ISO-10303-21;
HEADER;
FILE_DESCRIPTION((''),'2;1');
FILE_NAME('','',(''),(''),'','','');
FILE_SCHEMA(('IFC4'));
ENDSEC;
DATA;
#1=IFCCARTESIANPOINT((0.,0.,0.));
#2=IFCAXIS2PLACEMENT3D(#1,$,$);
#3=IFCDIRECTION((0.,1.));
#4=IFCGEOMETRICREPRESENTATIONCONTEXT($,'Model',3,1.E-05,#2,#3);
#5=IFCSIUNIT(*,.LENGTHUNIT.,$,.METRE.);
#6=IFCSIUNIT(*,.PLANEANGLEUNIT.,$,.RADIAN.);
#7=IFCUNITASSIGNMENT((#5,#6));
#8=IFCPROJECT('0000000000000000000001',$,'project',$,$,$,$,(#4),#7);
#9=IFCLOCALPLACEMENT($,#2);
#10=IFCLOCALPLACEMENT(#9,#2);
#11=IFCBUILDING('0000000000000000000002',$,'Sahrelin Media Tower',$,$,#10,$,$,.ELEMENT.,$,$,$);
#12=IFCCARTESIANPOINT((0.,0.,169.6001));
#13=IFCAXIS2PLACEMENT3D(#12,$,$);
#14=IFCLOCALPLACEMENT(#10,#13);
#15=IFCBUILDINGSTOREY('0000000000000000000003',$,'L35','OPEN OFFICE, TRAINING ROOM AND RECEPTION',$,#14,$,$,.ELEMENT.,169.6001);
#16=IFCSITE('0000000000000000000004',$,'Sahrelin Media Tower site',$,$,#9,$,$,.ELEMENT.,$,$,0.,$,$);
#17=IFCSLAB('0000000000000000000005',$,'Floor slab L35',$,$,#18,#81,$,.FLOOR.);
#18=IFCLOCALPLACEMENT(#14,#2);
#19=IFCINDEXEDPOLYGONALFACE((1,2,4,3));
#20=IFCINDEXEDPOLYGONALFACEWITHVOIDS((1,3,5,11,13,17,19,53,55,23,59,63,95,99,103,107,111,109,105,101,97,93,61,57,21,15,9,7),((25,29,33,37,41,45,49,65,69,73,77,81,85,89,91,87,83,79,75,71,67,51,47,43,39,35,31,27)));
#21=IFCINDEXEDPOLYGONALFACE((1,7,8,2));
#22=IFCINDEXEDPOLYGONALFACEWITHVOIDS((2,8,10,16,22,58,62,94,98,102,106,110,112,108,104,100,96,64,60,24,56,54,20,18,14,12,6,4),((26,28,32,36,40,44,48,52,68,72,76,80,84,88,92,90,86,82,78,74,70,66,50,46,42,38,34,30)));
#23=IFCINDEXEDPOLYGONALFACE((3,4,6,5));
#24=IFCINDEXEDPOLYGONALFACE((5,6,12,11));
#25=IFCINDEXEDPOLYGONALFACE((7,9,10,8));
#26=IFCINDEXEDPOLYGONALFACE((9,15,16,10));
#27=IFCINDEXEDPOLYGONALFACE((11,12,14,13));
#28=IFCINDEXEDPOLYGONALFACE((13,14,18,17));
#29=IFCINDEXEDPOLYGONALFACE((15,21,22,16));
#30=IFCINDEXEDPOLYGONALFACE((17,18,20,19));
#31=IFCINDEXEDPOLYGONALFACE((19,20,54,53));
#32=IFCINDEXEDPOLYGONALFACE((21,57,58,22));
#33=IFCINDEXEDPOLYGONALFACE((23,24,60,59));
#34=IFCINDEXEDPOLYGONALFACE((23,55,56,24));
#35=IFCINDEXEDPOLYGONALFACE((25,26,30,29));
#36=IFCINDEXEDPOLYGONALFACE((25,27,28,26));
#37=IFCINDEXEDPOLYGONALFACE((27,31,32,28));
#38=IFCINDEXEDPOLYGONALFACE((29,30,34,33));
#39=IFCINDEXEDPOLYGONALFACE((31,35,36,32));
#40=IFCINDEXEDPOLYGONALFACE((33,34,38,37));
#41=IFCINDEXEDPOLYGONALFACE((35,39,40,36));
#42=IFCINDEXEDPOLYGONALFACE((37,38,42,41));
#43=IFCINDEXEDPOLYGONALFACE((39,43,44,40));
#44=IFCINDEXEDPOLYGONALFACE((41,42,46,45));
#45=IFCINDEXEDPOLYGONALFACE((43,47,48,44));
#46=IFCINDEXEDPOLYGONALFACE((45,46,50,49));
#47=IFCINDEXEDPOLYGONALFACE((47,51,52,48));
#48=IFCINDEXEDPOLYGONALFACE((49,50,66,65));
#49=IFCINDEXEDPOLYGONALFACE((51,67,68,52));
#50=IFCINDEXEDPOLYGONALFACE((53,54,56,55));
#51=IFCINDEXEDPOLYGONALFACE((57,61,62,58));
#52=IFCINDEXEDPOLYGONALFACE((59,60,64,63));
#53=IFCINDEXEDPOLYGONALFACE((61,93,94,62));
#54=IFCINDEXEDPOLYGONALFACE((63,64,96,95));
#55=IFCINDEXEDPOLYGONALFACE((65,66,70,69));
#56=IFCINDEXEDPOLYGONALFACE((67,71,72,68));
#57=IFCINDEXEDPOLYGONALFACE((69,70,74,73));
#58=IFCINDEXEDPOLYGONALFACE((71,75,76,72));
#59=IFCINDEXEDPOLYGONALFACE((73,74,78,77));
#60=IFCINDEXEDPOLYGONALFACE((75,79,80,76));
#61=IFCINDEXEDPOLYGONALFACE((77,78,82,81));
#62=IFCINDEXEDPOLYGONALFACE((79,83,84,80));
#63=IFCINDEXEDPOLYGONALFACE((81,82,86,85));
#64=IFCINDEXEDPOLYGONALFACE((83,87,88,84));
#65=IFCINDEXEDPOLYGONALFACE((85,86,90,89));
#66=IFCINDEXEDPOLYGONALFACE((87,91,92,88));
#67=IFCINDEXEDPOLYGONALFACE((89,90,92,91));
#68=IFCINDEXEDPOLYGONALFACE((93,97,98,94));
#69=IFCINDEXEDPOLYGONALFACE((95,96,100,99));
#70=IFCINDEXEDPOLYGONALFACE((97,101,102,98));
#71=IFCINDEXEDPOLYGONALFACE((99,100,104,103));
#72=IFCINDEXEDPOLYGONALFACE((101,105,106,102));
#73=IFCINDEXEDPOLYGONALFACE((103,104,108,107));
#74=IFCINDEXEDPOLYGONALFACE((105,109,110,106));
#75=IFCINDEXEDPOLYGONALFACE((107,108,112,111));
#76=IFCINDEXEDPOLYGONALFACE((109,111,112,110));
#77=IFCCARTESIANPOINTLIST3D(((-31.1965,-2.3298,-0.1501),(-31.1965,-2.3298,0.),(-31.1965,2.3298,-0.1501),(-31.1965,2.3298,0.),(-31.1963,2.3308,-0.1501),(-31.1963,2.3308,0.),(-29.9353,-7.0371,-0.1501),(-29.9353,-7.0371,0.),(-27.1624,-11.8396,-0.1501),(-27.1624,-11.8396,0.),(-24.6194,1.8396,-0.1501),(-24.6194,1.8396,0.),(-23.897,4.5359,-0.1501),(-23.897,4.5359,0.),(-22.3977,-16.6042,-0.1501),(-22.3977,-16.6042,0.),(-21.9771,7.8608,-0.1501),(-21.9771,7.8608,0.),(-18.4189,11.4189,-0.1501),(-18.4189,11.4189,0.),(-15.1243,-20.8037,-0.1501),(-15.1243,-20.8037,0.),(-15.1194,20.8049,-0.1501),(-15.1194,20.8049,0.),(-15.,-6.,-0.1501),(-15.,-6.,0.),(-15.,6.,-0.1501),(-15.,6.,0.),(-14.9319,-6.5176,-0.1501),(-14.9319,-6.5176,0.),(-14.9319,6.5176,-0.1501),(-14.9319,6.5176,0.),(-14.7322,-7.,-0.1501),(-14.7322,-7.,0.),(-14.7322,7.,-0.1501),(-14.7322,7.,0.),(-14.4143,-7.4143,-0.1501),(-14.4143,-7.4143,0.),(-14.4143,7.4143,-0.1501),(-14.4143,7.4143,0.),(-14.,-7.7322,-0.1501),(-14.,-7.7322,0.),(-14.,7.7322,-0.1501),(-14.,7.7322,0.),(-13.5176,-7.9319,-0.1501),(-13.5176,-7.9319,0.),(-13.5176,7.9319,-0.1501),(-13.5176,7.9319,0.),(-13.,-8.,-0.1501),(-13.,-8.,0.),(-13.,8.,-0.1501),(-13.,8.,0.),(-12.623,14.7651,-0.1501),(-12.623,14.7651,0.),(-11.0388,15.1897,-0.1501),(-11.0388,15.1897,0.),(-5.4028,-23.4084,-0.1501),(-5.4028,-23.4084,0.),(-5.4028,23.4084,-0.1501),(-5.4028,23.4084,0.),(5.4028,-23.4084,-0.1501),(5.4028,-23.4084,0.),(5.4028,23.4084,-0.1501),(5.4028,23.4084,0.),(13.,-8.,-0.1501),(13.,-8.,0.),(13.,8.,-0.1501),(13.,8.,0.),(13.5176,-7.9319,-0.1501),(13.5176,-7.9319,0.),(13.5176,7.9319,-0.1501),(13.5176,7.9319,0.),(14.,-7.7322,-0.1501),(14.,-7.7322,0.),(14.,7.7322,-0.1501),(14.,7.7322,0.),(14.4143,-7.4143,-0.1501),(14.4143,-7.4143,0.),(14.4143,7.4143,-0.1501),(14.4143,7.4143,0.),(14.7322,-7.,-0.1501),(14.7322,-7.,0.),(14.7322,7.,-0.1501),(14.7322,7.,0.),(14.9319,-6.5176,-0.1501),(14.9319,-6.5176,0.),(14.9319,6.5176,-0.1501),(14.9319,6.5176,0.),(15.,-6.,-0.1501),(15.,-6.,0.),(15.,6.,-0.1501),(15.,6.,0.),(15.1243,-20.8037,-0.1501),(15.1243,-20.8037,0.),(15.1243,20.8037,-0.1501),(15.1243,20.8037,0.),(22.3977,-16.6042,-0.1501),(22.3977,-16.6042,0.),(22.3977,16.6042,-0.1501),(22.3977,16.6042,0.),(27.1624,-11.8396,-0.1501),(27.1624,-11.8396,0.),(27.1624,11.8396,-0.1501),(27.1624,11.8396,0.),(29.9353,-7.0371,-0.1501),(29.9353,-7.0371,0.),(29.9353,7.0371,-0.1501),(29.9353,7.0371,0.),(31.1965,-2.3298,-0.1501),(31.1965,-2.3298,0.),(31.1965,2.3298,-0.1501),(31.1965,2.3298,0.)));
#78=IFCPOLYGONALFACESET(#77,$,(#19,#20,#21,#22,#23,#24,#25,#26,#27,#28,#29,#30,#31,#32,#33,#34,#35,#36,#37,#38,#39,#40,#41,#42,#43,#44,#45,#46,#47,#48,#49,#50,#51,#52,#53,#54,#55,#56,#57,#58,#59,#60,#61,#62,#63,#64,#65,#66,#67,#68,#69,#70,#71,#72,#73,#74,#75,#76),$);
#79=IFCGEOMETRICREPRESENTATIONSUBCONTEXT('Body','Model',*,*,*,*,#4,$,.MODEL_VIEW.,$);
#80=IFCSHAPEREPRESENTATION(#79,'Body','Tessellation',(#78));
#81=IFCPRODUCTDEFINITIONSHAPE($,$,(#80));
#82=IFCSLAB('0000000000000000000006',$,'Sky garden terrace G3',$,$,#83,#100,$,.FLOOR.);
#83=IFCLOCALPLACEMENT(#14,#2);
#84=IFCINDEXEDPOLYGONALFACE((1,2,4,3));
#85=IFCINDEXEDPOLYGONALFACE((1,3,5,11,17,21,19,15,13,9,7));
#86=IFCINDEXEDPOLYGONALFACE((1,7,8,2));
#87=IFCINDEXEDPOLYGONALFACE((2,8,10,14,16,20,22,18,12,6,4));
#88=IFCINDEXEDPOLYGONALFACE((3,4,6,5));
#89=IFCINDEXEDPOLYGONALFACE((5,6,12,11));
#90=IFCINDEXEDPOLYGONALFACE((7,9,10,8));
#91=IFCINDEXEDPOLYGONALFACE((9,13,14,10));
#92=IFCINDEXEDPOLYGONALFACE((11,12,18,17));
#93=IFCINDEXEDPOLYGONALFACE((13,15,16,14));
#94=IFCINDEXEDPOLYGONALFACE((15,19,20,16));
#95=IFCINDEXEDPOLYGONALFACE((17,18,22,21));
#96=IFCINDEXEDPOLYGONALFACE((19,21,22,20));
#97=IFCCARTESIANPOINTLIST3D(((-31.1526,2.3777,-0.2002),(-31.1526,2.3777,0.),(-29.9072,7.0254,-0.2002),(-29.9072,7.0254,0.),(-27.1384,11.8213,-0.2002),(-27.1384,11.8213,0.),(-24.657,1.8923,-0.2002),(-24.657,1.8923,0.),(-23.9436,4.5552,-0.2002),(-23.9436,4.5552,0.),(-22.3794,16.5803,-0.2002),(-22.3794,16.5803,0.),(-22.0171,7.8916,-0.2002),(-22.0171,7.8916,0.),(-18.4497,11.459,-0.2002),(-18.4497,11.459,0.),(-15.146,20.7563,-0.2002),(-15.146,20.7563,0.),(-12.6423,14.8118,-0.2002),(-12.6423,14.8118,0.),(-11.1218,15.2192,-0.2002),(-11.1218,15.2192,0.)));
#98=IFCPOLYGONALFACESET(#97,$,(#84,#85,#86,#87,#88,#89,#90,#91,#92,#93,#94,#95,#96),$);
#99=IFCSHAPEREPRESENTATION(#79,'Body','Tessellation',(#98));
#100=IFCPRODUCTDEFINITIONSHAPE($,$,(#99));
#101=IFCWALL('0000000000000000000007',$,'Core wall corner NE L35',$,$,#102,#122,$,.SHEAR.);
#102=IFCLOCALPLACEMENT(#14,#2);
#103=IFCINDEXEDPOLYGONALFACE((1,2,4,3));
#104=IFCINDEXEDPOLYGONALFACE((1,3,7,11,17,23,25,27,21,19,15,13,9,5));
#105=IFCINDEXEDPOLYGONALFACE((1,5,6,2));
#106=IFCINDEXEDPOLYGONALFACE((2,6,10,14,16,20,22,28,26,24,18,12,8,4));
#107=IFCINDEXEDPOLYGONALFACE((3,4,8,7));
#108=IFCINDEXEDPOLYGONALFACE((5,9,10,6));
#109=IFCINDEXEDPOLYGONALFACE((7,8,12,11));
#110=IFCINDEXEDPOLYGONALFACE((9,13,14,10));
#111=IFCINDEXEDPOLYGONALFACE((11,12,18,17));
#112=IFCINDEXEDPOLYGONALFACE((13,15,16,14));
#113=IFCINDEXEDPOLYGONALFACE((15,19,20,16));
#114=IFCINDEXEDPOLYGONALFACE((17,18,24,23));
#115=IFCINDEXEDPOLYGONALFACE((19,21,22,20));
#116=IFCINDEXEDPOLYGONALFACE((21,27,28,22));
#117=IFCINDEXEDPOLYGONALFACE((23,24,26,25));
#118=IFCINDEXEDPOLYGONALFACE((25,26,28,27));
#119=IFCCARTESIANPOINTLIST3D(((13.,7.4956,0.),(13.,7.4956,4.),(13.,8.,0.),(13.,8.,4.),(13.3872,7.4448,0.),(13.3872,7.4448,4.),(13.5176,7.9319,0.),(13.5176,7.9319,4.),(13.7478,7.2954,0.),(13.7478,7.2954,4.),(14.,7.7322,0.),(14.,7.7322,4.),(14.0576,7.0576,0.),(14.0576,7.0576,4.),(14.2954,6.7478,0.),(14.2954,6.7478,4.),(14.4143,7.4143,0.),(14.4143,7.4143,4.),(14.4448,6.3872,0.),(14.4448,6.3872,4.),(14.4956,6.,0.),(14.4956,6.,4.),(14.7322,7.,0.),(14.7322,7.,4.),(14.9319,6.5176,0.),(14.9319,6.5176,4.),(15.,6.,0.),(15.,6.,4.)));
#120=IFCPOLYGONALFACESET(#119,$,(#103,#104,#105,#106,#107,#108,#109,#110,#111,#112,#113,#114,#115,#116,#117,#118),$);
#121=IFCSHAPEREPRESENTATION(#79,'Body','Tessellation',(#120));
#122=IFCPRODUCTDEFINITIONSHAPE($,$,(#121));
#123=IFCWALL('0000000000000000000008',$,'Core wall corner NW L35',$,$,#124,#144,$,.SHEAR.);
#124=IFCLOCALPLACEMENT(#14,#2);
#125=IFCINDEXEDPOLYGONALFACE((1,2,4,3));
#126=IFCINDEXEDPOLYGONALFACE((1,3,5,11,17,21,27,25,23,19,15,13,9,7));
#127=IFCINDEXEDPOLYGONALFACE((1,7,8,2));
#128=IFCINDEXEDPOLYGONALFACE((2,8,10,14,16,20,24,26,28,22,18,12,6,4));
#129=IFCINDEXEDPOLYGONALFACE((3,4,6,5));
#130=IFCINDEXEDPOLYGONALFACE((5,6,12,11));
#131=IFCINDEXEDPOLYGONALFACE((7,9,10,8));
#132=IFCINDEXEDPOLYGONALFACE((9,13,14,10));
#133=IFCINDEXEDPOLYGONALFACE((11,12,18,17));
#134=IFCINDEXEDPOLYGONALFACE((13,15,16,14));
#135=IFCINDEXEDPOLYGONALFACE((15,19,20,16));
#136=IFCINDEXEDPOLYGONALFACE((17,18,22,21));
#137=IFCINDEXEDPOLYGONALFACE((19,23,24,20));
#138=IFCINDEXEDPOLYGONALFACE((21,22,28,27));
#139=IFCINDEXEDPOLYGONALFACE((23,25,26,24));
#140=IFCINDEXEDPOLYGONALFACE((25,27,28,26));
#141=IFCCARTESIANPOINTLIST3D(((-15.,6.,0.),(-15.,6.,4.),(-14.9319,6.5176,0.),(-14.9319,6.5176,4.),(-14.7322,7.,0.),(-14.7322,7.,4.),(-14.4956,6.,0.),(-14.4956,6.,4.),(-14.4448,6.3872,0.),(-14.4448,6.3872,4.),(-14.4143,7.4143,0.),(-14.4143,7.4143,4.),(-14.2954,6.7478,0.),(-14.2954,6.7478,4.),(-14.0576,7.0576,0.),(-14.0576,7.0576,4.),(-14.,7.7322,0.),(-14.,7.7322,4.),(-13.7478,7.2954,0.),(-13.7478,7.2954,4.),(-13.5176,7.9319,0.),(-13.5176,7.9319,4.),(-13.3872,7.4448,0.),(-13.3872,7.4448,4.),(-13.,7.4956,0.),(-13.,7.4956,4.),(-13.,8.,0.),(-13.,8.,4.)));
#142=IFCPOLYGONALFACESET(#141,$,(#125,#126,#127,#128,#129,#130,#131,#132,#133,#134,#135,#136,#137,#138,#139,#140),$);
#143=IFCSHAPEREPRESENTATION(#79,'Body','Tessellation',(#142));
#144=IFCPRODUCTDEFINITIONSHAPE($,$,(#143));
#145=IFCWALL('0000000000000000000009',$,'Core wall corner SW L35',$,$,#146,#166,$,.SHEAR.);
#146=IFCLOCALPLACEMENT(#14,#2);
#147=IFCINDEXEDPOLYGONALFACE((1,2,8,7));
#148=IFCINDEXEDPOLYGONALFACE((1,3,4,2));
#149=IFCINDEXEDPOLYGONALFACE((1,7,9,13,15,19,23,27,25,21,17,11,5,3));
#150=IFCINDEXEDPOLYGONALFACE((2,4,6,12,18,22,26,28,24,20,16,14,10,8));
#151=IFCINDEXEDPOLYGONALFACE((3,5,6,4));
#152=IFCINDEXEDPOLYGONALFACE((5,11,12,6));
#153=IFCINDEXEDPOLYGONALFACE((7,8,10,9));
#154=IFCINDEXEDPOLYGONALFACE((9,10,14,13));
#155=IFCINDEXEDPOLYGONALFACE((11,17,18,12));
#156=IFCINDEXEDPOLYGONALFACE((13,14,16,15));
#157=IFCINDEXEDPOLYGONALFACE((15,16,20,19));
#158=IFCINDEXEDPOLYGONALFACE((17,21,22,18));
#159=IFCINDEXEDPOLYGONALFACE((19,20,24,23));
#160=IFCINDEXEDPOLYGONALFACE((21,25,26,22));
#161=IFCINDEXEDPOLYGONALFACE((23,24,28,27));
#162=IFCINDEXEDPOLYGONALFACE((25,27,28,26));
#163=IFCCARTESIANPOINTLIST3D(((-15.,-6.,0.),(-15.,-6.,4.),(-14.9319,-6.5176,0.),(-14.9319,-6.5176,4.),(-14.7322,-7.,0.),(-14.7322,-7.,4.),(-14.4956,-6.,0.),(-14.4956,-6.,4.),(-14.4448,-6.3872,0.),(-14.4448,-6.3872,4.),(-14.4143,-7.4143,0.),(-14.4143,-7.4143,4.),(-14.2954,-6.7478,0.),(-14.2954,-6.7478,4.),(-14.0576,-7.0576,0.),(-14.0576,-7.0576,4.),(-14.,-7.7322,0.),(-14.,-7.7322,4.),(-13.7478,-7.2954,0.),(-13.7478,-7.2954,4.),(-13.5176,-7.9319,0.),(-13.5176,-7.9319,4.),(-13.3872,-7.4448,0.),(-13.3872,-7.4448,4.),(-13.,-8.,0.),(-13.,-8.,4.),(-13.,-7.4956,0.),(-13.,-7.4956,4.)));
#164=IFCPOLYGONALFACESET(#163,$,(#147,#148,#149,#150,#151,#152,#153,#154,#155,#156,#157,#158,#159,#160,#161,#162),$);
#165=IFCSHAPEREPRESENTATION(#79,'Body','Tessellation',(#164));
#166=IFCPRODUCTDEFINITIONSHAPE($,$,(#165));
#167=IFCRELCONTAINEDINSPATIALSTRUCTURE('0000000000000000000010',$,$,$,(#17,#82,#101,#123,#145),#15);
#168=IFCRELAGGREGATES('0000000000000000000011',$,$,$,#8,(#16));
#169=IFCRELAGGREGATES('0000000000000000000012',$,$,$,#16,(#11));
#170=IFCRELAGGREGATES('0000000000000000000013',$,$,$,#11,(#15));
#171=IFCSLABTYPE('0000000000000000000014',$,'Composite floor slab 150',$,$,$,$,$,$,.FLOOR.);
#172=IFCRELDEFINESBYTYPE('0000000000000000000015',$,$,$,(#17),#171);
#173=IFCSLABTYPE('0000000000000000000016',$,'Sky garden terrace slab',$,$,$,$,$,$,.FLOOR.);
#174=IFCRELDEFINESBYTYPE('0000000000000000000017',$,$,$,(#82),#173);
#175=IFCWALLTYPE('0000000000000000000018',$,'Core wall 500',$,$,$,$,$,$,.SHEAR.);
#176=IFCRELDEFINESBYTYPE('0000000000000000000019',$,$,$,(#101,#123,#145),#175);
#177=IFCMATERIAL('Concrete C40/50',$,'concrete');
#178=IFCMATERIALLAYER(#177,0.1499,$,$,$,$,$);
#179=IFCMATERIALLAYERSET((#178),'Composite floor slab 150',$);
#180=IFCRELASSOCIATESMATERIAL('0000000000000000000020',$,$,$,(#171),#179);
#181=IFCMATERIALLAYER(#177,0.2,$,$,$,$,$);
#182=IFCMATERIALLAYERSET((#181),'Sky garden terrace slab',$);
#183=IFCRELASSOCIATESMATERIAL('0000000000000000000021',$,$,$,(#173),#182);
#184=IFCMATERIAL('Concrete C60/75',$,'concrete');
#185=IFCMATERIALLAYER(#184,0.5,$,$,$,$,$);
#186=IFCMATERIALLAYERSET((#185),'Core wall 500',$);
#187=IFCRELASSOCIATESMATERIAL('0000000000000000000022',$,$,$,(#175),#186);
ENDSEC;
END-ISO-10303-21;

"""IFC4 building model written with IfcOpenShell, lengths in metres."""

from ifc_helpers import new_model, si_unit, direction, frame, origin, place, context, subcontext, project, spatial, polyline, outline, extrude, material, layer, layer_set, type_object, element, save


model = new_model("IFC4")

# Units and contexts
model_context = context("Model", 3, precision=1e-05, world=origin(), true_north=direction((0.0, 1.0)))
body_context = subcontext(model_context, "Body", "Model", "MODEL_VIEW")
ifc_project = project(units=[si_unit("LENGTHUNIT", "METRE"), si_unit("PLANEANGLEUNIT", "RADIAN")], contexts=[model_context])

# Site, building, storey
site_placement = place(None, origin())
site = spatial("IfcSite", under=ifc_project, at=site_placement, Name="Sahrelin Media Tower site", CompositionType="ELEMENT", RefElevation=0.0)
building_placement = place(site_placement, origin())
building = spatial("IfcBuilding", under=site, at=building_placement, Name="Sahrelin Media Tower", CompositionType="ELEMENT")
storey_placement = place(building_placement, frame((0.0, 0.0, 169.6001)))
storey = spatial("IfcBuildingStorey", under=building, at=storey_placement, Name="L35", Description="OPEN OFFICE, TRAINING ROOM AND RECEPTION", CompositionType="ELEMENT", Elevation=169.6001)

# Slabs
ifc_material_1 = material(Name="Concrete C40/50", Category="concrete")
ifc_layer_1 = layer(ifc_material_1, 0.1499)
ifc_layer_set_1 = layer_set([ifc_layer_1], Name="Composite floor slab 150")
slab_type_1 = type_object("IfcSlabType", Name="Composite floor slab 150", PredefinedType="FLOOR", material=ifc_layer_set_1)
slab_1_placement = place(storey_placement, frame((0.0, 0.0, -0.1501)))
element("IfcSlab", 1, at=slab_1_placement, inside=storey, type_object=slab_type_1, Name="Floor slab L35", PredefinedType="FLOOR", context=body_context, shape_type="SweptSolid", body=[
    extrude(outline(polyline([(29.9353, -7.0371), (31.1965, -2.3298), (31.1965, 2.3298), (29.9353, 7.0371), (27.1624, 11.8396), (22.3977, 16.6042), (15.1243, 20.8037), (5.4028, 23.4084), (-5.4028, 23.4084), (-15.1194, 20.8049), (-11.0388, 15.1897), (-12.623, 14.7651), (-18.4189, 11.4189), (-21.9771, 7.8608), (-23.897, 4.5359), (-24.6194, 1.8396), (-31.1963, 2.3308), (-31.1965, 2.3298), (-31.1965, -2.3298), (-29.9353, -7.0371), (-27.1624, -11.8396), (-22.3977, -16.6042), (-15.1243, -20.8037), (-5.4028, -23.4084), (5.4028, -23.4084), (15.1243, -20.8037), (22.3977, -16.6042), (27.1624, -11.8396), (29.9353, -7.0371)]), holes=[polyline([(14.7322, 7.0), (14.9319, 6.5176), (15.0, 6.0), (15.0, -6.0), (14.9319, -6.5176), (14.7322, -7.0), (14.4143, -7.4143), (14.0, -7.7322), (13.5176, -7.9319), (13.0, -8.0), (-13.0, -8.0), (-13.5176, -7.9319), (-14.0, -7.7322), (-14.4143, -7.4143), (-14.7322, -7.0), (-14.9319, -6.5176), (-15.0, -6.0), (-15.0, 6.0), (-14.9319, 6.5176), (-14.7322, 7.0), (-14.4143, 7.4143), (-14.0, 7.7322), (-13.5176, 7.9319), (-13.0, 8.0), (13.0, 8.0), (13.5176, 7.9319), (14.0, 7.7322), (14.4143, 7.4143), (14.7322, 7.0)])]), origin(), (0.0, 0.0, 1.0), 0.1501),
])
ifc_layer_2 = layer(ifc_material_1, 0.2)
ifc_layer_set_2 = layer_set([ifc_layer_2], Name="Sky garden terrace slab")
slab_type_2 = type_object("IfcSlabType", Name="Sky garden terrace slab", PredefinedType="FLOOR", material=ifc_layer_set_2)
slab_2_placement = place(storey_placement, frame((0.0, 0.0, -0.2002)))
element("IfcSlab", 2, at=slab_2_placement, inside=storey, type_object=slab_type_2, Name="Sky garden terrace G3", PredefinedType="FLOOR", context=body_context, shape_type="SweptSolid", body=[
    extrude(outline(polyline([(-27.1384, 11.8213), (-22.3794, 16.5803), (-15.146, 20.7563), (-11.1218, 15.2192), (-12.6423, 14.8118), (-18.4497, 11.459), (-22.0171, 7.8916), (-23.9436, 4.5552), (-24.657, 1.8923), (-31.1526, 2.3777), (-29.9072, 7.0254), (-27.1384, 11.8213)])), origin(), (0.0, 0.0, 1.0), 0.2002),
])

# Walls
ifc_material_2 = material(Name="Concrete C60/75", Category="concrete")
ifc_layer_3 = layer(ifc_material_2, 0.5)
ifc_layer_set_3 = layer_set([ifc_layer_3], Name="Core wall 500")
wall_type_1 = type_object("IfcWallType", Name="Core wall 500", PredefinedType="SHEAR", material=ifc_layer_set_3)
placement = place(storey_placement, origin())
element("IfcWall", 3, at=placement, inside=storey, type_object=wall_type_1, Name="Core wall corner NE L35", PredefinedType="SHEAR", context=body_context, shape_type="SweptSolid", body=[
    extrude(outline(polyline([(13.0, 8.0), (13.0, 7.4956), (13.3872, 7.4448), (13.7478, 7.2954), (14.0576, 7.0576), (14.2954, 6.7478), (14.4448, 6.3872), (14.4956, 6.0), (15.0, 6.0), (14.9319, 6.5176), (14.7322, 7.0), (14.4143, 7.4143), (14.0, 7.7322), (13.5176, 7.9319), (13.0, 8.0)])), origin(), (0.0, 0.0, 1.0), 4.0),
])
element("IfcWall", 4, at=placement, inside=storey, type_object=wall_type_1, Name="Core wall corner NW L35", PredefinedType="SHEAR", context=body_context, shape_type="SweptSolid", body=[
    extrude(outline(polyline([(-15.0, 6.0), (-14.4956, 6.0), (-14.4448, 6.3872), (-14.2954, 6.7478), (-14.0576, 7.0576), (-13.7478, 7.2954), (-13.3872, 7.4448), (-13.0, 7.4956), (-13.0, 8.0), (-13.5176, 7.9319), (-14.0, 7.7322), (-14.4143, 7.4143), (-14.7322, 7.0), (-14.9319, 6.5176), (-15.0, 6.0)])), origin(), (0.0, 0.0, 1.0), 4.0),
])
element("IfcWall", 5, at=placement, inside=storey, type_object=wall_type_1, Name="Core wall corner SW L35", PredefinedType="SHEAR", context=body_context, shape_type="SweptSolid", body=[
    extrude(outline(polyline([(-13.0, -8.0), (-13.0, -7.4956), (-13.3872, -7.4448), (-13.7478, -7.2954), (-14.0576, -7.0576), (-14.2954, -6.7478), (-14.4448, -6.3872), (-14.4956, -6.0), (-15.0, -6.0), (-14.9319, -6.5176), (-14.7322, -7.0), (-14.4143, -7.4143), (-14.0, -7.7322), (-13.5176, -7.9319), (-13.0, -8.0)])), origin(), (0.0, 0.0, 1.0), 4.0),
])

save(model, "model.ifc")
